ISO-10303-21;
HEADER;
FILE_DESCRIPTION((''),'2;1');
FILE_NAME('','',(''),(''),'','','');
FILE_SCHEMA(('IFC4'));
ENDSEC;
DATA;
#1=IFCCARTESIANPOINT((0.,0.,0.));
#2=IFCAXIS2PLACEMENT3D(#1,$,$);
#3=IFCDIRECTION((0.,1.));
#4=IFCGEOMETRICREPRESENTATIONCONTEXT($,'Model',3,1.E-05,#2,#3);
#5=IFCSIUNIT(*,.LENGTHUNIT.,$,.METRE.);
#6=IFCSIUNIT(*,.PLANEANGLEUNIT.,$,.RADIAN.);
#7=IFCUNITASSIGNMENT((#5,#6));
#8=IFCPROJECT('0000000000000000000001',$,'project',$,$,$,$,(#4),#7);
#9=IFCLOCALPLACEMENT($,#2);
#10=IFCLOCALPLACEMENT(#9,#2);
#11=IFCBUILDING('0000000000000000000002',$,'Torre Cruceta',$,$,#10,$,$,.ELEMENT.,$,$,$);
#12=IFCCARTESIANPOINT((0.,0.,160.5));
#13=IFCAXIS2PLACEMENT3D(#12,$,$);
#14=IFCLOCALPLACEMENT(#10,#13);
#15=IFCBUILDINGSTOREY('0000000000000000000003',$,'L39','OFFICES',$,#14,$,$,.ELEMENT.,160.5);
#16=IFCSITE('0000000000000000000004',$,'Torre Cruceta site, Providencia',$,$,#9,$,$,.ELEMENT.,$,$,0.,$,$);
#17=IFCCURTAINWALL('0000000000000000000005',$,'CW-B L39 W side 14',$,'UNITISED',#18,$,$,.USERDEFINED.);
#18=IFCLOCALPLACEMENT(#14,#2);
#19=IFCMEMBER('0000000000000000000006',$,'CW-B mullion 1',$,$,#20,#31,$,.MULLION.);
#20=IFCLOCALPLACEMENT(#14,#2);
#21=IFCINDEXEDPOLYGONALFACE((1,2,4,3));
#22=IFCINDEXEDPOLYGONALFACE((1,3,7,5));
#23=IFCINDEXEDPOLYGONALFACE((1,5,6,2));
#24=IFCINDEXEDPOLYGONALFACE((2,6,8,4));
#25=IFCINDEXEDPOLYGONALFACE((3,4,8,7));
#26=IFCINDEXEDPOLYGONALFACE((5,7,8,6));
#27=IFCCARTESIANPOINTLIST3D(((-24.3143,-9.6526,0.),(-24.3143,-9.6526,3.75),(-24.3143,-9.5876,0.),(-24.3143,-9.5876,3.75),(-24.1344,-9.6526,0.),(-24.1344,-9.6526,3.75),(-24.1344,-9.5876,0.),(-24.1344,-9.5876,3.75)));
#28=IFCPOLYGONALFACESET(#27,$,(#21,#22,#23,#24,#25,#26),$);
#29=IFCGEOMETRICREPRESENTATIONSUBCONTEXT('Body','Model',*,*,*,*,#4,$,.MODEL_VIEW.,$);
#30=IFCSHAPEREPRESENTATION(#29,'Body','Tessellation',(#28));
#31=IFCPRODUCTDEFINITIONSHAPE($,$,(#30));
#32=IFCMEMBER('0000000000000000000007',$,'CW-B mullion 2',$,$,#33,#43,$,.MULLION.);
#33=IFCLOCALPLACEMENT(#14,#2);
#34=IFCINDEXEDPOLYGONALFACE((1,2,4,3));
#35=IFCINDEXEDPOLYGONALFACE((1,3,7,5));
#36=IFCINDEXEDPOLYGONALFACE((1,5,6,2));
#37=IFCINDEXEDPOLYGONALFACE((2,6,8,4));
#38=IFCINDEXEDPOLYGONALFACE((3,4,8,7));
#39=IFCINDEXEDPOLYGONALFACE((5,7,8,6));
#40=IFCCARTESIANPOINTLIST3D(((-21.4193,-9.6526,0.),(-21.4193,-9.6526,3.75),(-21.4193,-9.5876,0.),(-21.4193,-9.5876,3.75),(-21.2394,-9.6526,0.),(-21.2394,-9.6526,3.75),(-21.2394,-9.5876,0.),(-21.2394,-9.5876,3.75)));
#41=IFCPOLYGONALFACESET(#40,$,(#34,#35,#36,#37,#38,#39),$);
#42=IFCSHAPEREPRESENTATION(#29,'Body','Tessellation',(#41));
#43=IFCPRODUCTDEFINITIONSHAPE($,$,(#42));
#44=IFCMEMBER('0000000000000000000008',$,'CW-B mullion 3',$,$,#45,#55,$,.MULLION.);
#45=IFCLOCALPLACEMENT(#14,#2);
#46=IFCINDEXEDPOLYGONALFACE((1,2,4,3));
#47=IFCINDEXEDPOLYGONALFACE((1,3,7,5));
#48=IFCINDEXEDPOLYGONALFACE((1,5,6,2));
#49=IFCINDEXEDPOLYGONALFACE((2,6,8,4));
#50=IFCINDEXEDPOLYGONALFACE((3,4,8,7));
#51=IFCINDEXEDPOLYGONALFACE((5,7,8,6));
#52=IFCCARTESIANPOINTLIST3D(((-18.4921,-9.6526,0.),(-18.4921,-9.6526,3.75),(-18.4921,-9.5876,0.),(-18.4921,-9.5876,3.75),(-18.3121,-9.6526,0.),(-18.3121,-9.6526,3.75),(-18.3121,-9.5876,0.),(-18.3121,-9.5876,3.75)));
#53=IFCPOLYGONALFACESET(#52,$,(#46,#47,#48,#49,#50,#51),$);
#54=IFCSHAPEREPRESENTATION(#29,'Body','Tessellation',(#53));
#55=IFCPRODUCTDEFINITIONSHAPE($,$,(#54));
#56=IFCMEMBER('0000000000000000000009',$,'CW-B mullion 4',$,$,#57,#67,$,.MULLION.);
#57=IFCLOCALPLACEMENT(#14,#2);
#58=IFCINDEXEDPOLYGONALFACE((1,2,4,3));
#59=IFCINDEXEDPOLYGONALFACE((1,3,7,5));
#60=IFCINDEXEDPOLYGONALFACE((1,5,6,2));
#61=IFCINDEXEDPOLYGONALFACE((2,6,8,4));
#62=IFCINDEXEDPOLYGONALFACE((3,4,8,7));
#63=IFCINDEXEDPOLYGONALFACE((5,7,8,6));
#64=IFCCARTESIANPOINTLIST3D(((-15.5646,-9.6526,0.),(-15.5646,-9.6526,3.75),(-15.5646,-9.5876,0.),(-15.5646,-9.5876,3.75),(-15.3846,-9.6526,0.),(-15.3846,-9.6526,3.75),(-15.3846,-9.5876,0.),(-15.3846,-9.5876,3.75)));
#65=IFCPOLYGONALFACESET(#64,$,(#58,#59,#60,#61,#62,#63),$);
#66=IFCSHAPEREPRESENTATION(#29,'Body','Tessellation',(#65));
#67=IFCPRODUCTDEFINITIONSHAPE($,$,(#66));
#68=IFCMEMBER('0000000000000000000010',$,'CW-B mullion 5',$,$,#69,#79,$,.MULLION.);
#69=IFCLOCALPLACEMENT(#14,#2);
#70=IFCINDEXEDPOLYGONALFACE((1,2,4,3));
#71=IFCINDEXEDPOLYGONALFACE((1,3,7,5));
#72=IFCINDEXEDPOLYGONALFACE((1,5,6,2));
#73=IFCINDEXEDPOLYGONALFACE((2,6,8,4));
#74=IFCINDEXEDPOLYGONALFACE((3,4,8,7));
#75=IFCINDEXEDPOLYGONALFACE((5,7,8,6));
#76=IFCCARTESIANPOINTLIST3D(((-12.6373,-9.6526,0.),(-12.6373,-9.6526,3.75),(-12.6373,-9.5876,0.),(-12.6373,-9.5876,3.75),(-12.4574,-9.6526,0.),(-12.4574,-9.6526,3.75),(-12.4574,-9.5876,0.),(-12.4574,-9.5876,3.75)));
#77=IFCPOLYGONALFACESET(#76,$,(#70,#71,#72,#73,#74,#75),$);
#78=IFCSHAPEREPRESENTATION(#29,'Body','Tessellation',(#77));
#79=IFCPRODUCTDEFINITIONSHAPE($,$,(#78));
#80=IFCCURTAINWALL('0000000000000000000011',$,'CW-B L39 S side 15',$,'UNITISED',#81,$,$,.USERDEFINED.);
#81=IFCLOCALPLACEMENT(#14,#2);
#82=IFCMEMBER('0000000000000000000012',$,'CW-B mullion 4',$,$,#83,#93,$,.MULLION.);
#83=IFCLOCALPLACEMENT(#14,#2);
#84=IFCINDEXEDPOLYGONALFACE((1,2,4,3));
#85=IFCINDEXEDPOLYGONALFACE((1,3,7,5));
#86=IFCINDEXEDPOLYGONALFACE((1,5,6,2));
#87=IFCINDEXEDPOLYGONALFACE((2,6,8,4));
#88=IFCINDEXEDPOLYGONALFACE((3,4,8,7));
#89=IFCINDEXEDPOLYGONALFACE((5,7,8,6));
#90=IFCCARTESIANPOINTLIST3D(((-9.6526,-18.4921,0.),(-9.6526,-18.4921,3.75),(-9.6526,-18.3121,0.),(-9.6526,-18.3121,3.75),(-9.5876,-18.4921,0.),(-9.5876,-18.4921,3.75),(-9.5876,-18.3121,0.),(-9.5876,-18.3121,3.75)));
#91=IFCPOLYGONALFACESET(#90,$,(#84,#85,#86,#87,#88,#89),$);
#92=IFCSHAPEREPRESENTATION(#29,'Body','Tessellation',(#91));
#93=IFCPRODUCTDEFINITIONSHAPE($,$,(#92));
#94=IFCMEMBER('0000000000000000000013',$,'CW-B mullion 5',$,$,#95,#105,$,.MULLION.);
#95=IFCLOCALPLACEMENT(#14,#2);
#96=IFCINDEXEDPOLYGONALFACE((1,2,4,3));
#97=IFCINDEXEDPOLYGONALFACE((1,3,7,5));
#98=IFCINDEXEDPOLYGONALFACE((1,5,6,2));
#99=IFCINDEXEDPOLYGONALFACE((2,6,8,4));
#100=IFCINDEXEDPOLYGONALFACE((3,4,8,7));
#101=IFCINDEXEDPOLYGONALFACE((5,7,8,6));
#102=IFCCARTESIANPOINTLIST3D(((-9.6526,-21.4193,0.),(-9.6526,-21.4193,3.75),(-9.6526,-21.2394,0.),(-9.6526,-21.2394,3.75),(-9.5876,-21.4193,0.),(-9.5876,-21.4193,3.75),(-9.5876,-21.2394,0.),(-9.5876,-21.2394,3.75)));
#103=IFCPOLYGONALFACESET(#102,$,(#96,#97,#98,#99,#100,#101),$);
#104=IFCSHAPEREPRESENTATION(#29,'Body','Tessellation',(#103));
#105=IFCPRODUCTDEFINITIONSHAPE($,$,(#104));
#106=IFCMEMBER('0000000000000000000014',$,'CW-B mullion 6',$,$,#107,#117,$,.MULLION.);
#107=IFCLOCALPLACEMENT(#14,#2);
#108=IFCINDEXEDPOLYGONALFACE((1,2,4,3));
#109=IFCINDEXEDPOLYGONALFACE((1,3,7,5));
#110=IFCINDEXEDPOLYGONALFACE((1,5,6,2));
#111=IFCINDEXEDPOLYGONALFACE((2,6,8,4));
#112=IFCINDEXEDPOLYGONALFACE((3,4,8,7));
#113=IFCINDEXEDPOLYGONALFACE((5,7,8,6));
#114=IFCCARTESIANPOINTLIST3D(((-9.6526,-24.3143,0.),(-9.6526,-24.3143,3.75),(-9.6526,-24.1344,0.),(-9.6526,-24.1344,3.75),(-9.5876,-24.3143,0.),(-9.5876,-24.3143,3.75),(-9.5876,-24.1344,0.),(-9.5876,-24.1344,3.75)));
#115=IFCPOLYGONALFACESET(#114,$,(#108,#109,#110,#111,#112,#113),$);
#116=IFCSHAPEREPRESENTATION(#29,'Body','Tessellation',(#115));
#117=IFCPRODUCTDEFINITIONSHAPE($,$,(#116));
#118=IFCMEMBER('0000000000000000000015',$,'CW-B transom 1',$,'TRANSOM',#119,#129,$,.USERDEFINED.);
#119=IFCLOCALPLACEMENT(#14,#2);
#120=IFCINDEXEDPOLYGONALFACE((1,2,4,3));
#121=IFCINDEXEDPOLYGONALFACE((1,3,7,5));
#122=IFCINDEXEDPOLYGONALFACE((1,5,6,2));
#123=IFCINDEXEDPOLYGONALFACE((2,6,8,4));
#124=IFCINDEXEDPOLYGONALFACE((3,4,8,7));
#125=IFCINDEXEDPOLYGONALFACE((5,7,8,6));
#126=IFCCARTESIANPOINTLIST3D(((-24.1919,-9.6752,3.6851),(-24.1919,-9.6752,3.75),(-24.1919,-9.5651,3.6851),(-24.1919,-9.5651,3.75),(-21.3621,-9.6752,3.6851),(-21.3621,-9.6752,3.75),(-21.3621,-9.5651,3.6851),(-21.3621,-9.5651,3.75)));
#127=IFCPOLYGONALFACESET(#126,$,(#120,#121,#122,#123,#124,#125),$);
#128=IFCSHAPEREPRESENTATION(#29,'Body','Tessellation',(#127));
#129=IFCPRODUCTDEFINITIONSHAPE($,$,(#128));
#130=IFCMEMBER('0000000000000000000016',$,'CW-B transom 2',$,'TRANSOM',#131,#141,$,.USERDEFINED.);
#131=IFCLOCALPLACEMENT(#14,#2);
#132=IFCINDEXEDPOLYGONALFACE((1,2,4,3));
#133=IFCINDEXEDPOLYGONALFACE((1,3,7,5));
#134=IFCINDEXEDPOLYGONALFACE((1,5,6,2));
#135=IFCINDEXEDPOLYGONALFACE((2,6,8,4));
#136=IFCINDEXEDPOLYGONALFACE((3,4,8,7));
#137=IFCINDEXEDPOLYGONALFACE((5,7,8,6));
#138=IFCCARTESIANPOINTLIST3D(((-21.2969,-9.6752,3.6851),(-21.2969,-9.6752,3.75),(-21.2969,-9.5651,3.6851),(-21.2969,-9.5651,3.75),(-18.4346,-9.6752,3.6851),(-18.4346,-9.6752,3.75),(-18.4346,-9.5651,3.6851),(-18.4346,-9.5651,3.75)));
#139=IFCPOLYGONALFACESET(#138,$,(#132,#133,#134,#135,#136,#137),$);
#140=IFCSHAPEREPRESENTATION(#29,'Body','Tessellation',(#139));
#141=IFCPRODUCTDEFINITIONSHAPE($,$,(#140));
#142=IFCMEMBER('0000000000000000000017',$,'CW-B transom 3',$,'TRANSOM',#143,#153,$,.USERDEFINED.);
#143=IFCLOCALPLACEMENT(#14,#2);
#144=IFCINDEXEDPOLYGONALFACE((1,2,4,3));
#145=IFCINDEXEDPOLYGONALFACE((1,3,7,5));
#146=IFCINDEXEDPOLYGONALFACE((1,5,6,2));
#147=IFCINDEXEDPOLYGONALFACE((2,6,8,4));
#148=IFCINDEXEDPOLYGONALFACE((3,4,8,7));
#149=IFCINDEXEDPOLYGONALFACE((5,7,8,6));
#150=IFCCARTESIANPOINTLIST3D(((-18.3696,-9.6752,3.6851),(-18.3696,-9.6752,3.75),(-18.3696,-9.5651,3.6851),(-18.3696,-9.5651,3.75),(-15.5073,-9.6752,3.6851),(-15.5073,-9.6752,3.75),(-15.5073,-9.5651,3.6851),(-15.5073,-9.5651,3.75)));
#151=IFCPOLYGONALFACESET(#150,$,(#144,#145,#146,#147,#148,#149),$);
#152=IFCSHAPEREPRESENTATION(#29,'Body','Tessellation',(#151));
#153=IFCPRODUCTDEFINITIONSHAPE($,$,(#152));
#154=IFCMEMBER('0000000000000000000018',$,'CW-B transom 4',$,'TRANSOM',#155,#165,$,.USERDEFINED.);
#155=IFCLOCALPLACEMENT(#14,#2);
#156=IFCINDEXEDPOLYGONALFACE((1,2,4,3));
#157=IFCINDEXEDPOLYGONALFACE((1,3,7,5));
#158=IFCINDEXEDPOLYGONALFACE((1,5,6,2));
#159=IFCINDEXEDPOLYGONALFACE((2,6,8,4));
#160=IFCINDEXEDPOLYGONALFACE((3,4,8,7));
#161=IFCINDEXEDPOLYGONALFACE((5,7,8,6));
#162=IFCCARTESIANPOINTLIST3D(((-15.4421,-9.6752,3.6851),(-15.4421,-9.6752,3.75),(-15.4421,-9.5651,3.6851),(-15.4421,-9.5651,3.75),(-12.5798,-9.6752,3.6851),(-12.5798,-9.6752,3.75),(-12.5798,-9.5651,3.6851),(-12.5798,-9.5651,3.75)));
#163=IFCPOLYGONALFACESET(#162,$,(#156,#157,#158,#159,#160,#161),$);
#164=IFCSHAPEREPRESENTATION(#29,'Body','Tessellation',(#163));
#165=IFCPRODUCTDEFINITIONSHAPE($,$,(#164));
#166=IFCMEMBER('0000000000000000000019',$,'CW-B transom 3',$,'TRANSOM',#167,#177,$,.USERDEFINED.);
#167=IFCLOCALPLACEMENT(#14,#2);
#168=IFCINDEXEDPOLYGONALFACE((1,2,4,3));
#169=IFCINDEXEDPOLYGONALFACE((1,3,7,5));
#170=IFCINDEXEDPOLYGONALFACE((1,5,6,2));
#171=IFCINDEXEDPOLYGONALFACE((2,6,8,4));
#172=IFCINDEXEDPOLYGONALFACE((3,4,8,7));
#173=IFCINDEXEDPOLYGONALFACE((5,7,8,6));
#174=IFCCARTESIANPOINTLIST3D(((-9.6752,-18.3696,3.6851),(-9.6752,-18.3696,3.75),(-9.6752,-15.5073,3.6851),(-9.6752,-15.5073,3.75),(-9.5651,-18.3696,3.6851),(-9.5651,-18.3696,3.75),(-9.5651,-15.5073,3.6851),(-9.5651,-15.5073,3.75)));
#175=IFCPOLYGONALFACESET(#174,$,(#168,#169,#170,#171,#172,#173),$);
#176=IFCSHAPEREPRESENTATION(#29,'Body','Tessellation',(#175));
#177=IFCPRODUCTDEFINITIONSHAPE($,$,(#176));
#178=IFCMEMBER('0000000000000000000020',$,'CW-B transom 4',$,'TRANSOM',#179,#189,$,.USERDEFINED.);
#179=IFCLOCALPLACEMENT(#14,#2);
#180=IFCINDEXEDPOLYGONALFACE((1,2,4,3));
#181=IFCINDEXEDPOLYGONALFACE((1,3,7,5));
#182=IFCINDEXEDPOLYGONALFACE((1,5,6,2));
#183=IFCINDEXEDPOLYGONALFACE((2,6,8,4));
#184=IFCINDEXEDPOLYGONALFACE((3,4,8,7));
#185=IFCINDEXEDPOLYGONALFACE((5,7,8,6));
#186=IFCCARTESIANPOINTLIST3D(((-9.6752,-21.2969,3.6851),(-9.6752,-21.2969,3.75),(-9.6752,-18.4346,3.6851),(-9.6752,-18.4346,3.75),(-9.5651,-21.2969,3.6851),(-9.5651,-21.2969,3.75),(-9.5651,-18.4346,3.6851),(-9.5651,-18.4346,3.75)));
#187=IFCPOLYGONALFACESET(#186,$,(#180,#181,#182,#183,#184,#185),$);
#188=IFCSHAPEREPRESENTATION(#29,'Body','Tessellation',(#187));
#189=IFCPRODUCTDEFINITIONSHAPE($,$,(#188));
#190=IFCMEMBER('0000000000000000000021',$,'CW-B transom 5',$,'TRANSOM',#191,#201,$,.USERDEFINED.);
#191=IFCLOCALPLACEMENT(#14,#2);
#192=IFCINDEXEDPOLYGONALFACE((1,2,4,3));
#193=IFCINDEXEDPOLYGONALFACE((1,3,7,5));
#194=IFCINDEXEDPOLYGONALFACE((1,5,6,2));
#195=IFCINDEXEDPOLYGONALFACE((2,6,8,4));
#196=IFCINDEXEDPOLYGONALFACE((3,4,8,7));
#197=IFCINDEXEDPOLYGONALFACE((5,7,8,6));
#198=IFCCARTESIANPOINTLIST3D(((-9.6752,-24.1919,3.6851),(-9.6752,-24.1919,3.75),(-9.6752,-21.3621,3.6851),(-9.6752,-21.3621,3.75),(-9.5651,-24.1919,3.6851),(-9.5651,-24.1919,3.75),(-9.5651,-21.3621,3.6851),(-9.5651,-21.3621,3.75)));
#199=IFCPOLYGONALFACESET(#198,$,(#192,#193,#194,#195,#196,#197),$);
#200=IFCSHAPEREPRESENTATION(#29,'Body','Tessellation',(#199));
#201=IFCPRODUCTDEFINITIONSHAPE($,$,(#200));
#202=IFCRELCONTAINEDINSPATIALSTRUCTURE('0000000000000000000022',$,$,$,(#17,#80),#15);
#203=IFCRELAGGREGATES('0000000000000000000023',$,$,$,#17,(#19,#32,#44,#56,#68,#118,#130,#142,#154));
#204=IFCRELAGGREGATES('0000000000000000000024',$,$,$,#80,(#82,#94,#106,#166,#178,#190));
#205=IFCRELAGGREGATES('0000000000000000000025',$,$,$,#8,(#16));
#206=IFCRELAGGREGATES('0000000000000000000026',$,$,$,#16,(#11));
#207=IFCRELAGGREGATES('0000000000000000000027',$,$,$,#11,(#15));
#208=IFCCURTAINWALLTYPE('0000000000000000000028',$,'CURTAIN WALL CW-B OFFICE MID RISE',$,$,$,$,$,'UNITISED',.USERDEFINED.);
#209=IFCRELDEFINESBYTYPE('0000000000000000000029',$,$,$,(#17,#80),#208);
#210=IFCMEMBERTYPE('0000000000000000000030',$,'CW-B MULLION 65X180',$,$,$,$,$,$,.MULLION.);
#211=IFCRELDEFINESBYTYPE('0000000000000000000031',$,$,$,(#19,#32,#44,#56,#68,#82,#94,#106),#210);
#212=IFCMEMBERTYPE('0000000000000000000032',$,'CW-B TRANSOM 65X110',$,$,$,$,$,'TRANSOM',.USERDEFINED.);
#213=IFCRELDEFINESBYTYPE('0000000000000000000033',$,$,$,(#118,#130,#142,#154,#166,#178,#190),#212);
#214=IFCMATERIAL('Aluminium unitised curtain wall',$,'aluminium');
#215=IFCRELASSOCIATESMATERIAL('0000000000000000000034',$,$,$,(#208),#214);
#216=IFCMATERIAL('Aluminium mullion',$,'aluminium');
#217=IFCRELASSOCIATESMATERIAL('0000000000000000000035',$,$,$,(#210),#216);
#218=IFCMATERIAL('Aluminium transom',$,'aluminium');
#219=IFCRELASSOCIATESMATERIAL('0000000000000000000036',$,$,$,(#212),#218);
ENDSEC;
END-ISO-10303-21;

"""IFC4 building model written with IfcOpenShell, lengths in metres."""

from ifc_helpers import new_model, si_unit, direction, frame, origin, origin_2d, place, context, subcontext, project, spatial, rectangle, extrude, material, material_profile, profile_set, type_object, element, aggregate, save


model = new_model("IFC4")

# Units and contexts
model_context = context("Model", 3, precision=1e-05, world=origin(), true_north=direction((0.0, 1.0)))
body_context = subcontext(model_context, "Body", "Model", "MODEL_VIEW")
ifc_project = project(units=[si_unit("LENGTHUNIT", "METRE"), si_unit("PLANEANGLEUNIT", "RADIAN")], contexts=[model_context])

# Site, building, storey
site_placement = place(None, origin())
site = spatial("IfcSite", under=ifc_project, at=site_placement, Name="Torre Cruceta site, Providencia", CompositionType="ELEMENT", RefElevation=0.0)
building_placement = place(site_placement, origin())
building = spatial("IfcBuilding", under=site, at=building_placement, Name="Torre Cruceta", CompositionType="ELEMENT")
storey_placement = place(building_placement, frame((0.0, 0.0, 160.5)))
storey = spatial("IfcBuildingStorey", under=building, at=storey_placement, Name="L39", Description="OFFICES", CompositionType="ELEMENT", Elevation=160.5)

# Curtain walls, members
ifc_material_1 = material(Name="Aluminium unitised curtain wall", Category="aluminium")
curtain_wall_type = type_object("IfcCurtainWallType", Name="CURTAIN WALL CW-B OFFICE MID RISE", ElementType="UNITISED", PredefinedType="USERDEFINED", material=ifc_material_1)
curtain_wall_1_placement = place(storey_placement, origin())
curtain_wall_1 = element("IfcCurtainWall", 1, at=curtain_wall_1_placement, inside=storey, type_object=curtain_wall_type, Name="CW-B L39 W side 14", ObjectType="UNITISED", PredefinedType="USERDEFINED")
ifc_material_2 = material(Name="Aluminium mullion", Category="aluminium")
ifc_material_profile_1 = material_profile(ifc_material_2, rectangle(XDim=0.0649, YDim=0.1799, at=origin_2d()), Name="AL 65X180")
ifc_profile_set_1 = profile_set([ifc_material_profile_1], Name="Aluminium mullion")
member_type_1 = type_object("IfcMemberType", Name="CW-B MULLION 65X180", PredefinedType="MULLION", material=ifc_profile_set_1)
member_1_placement = place(storey_placement, frame((-24.2244, -9.6201, 0.0), z_axis=(0.0, 0.0, 1.0), x_axis=(0.0, 1.0, 0.0)))
member_1 = element("IfcMember", 2, at=member_1_placement, type_object=member_type_1, Name="CW-B mullion 1", PredefinedType="MULLION", context=body_context, shape_type="SweptSolid", body=[
    extrude(rectangle(XDim=0.0649, YDim=0.1799, at=origin_2d()), origin(), (0.0, 0.0, 1.0), 3.75),
])
member_2_placement = place(storey_placement, frame((-21.3293, -9.6201, 0.0), z_axis=(0.0, 0.0, 1.0), x_axis=(0.0, 1.0, 0.0)))
member_2 = element("IfcMember", 3, at=member_2_placement, type_object=member_type_1, Name="CW-B mullion 2", PredefinedType="MULLION", context=body_context, shape_type="SweptSolid", body=[
    extrude(rectangle(XDim=0.0649, YDim=0.1799, at=origin_2d()), origin(), (0.0, 0.0, 1.0), 3.75),
])
member_3_placement = place(storey_placement, frame((-18.4021, -9.6201, 0.0), z_axis=(0.0, 0.0, 1.0), x_axis=(0.0, 1.0, 0.0)))
member_3 = element("IfcMember", 4, at=member_3_placement, type_object=member_type_1, Name="CW-B mullion 3", PredefinedType="MULLION", context=body_context, shape_type="SweptSolid", body=[
    extrude(rectangle(XDim=0.0649, YDim=0.1799, at=origin_2d()), origin(), (0.0, 0.0, 1.0), 3.75),
])
member_4_placement = place(storey_placement, frame((-15.4746, -9.6201, 0.0), z_axis=(0.0, 0.0, 1.0), x_axis=(0.0, 1.0, 0.0)))
member_4 = element("IfcMember", 5, at=member_4_placement, type_object=member_type_1, Name="CW-B mullion 4", PredefinedType="MULLION", context=body_context, shape_type="SweptSolid", body=[
    extrude(rectangle(XDim=0.0649, YDim=0.1799, at=origin_2d()), origin(), (0.0, 0.0, 1.0), 3.75),
])
member_5_placement = place(storey_placement, frame((-12.5474, -9.6201, 0.0), z_axis=(0.0, 0.0, 1.0), x_axis=(0.0, 1.0, 0.0)))
member_5 = element("IfcMember", 6, at=member_5_placement, type_object=member_type_1, Name="CW-B mullion 5", PredefinedType="MULLION", context=body_context, shape_type="SweptSolid", body=[
    extrude(rectangle(XDim=0.0649, YDim=0.1799, at=origin_2d()), origin(), (0.0, 0.0, 1.0), 3.75),
])
curtain_wall_2_placement = place(storey_placement, origin())
curtain_wall_2 = element("IfcCurtainWall", 7, at=curtain_wall_2_placement, inside=storey, type_object=curtain_wall_type, Name="CW-B L39 S side 15", ObjectType="UNITISED", PredefinedType="USERDEFINED")
member_6_placement = place(storey_placement, frame((-9.6201, -18.4021, 0.0), z_axis=(0.0, 0.0, 1.0), x_axis=(1.0, 0.0, 0.0)))
member_6 = element("IfcMember", 8, at=member_6_placement, type_object=member_type_1, Name="CW-B mullion 4", PredefinedType="MULLION", context=body_context, shape_type="SweptSolid", body=[
    extrude(rectangle(XDim=0.0649, YDim=0.1799, at=origin_2d()), origin(), (0.0, 0.0, 1.0), 3.75),
])
member_7_placement = place(storey_placement, frame((-9.6201, -21.3293, 0.0), z_axis=(0.0, 0.0, 1.0), x_axis=(1.0, 0.0, 0.0)))
member_7 = element("IfcMember", 9, at=member_7_placement, type_object=member_type_1, Name="CW-B mullion 5", PredefinedType="MULLION", context=body_context, shape_type="SweptSolid", body=[
    extrude(rectangle(XDim=0.0649, YDim=0.1799, at=origin_2d()), origin(), (0.0, 0.0, 1.0), 3.75),
])
member_8_placement = place(storey_placement, frame((-9.6201, -24.2244, 0.0), z_axis=(0.0, 0.0, 1.0), x_axis=(1.0, 0.0, 0.0)))
member_8 = element("IfcMember", 10, at=member_8_placement, type_object=member_type_1, Name="CW-B mullion 6", PredefinedType="MULLION", context=body_context, shape_type="SweptSolid", body=[
    extrude(rectangle(XDim=0.0649, YDim=0.1799, at=origin_2d()), origin(), (0.0, 0.0, 1.0), 3.75),
])

# Members
ifc_material_3 = material(Name="Aluminium transom", Category="aluminium")
ifc_material_profile_2 = material_profile(ifc_material_3, rectangle(XDim=0.1101, YDim=0.0649, at=origin_2d()), Name="AL 110X65")
ifc_profile_set_2 = profile_set([ifc_material_profile_2], Name="Aluminium transom")
member_type_2 = type_object("IfcMemberType", Name="CW-B TRANSOM 65X110", ElementType="TRANSOM", PredefinedType="USERDEFINED", material=ifc_profile_set_2)
member_9_placement = place(storey_placement, frame((-24.1919, -9.6201, 3.7175), z_axis=(1.0, 0.0, 0.0), x_axis=(0.0, 1.0, 0.0)))
member_9 = element("IfcMember", 11, at=member_9_placement, type_object=member_type_2, Name="CW-B transom 1", ObjectType="TRANSOM", PredefinedType="USERDEFINED", context=body_context, shape_type="SweptSolid", body=[
    extrude(rectangle(XDim=0.1101, YDim=0.0649, at=origin_2d()), origin(), (0.0, 0.0, 1.0), 2.8298),
])
member_10_placement = place(storey_placement, frame((-21.2969, -9.6201, 3.7175), z_axis=(1.0, 0.0, 0.0), x_axis=(0.0, 1.0, 0.0)))
member_10 = element("IfcMember", 12, at=member_10_placement, type_object=member_type_2, Name="CW-B transom 2", ObjectType="TRANSOM", PredefinedType="USERDEFINED", context=body_context, shape_type="SweptSolid", body=[
    extrude(rectangle(XDim=0.1101, YDim=0.0649, at=origin_2d()), origin(), (0.0, 0.0, 1.0), 2.8623),
])
member_11_placement = place(storey_placement, frame((-18.3696, -9.6201, 3.7175), z_axis=(1.0, 0.0, 0.0), x_axis=(0.0, 1.0, 0.0)))
member_11 = element("IfcMember", 13, at=member_11_placement, type_object=member_type_2, Name="CW-B transom 3", ObjectType="TRANSOM", PredefinedType="USERDEFINED", context=body_context, shape_type="SweptSolid", body=[
    extrude(rectangle(XDim=0.1101, YDim=0.0649, at=origin_2d()), origin(), (0.0, 0.0, 1.0), 2.8623),
])
member_12_placement = place(storey_placement, frame((-15.4421, -9.6201, 3.7175), z_axis=(1.0, 0.0, 0.0), x_axis=(0.0, 1.0, 0.0)))
member_12 = element("IfcMember", 14, at=member_12_placement, type_object=member_type_2, Name="CW-B transom 4", ObjectType="TRANSOM", PredefinedType="USERDEFINED", context=body_context, shape_type="SweptSolid", body=[
    extrude(rectangle(XDim=0.1101, YDim=0.0649, at=origin_2d()), origin(), (0.0, 0.0, 1.0), 2.8623),
])
member_13_placement = place(storey_placement, frame((-9.6201, -15.5073, 3.7175), z_axis=(0.0, -1.0, 0.0), x_axis=(1.0, 0.0, 0.0)))
member_13 = element("IfcMember", 15, at=member_13_placement, type_object=member_type_2, Name="CW-B transom 3", ObjectType="TRANSOM", PredefinedType="USERDEFINED", context=body_context, shape_type="SweptSolid", body=[
    extrude(rectangle(XDim=0.1101, YDim=0.0649, at=origin_2d()), origin(), (0.0, 0.0, 1.0), 2.8623),
])
member_14_placement = place(storey_placement, frame((-9.6201, -18.4346, 3.7175), z_axis=(0.0, -1.0, 0.0), x_axis=(1.0, 0.0, 0.0)))
member_14 = element("IfcMember", 16, at=member_14_placement, type_object=member_type_2, Name="CW-B transom 4", ObjectType="TRANSOM", PredefinedType="USERDEFINED", context=body_context, shape_type="SweptSolid", body=[
    extrude(rectangle(XDim=0.1101, YDim=0.0649, at=origin_2d()), origin(), (0.0, 0.0, 1.0), 2.8623),
])
member_15_placement = place(storey_placement, frame((-9.6201, -21.3621, 3.7175), z_axis=(0.0, -1.0, 0.0), x_axis=(1.0, 0.0, 0.0)))
member_15 = element("IfcMember", 17, at=member_15_placement, type_object=member_type_2, Name="CW-B transom 5", ObjectType="TRANSOM", PredefinedType="USERDEFINED", context=body_context, shape_type="SweptSolid", body=[
    extrude(rectangle(XDim=0.1101, YDim=0.0649, at=origin_2d()), origin(), (0.0, 0.0, 1.0), 2.8298),
])

aggregate(curtain_wall_1, [member_1, member_2, member_3, member_4, member_5, member_9, member_10, member_11, member_12])
aggregate(curtain_wall_2, [member_6, member_7, member_8, member_13, member_14, member_15])

save(model, "model.ifc")
